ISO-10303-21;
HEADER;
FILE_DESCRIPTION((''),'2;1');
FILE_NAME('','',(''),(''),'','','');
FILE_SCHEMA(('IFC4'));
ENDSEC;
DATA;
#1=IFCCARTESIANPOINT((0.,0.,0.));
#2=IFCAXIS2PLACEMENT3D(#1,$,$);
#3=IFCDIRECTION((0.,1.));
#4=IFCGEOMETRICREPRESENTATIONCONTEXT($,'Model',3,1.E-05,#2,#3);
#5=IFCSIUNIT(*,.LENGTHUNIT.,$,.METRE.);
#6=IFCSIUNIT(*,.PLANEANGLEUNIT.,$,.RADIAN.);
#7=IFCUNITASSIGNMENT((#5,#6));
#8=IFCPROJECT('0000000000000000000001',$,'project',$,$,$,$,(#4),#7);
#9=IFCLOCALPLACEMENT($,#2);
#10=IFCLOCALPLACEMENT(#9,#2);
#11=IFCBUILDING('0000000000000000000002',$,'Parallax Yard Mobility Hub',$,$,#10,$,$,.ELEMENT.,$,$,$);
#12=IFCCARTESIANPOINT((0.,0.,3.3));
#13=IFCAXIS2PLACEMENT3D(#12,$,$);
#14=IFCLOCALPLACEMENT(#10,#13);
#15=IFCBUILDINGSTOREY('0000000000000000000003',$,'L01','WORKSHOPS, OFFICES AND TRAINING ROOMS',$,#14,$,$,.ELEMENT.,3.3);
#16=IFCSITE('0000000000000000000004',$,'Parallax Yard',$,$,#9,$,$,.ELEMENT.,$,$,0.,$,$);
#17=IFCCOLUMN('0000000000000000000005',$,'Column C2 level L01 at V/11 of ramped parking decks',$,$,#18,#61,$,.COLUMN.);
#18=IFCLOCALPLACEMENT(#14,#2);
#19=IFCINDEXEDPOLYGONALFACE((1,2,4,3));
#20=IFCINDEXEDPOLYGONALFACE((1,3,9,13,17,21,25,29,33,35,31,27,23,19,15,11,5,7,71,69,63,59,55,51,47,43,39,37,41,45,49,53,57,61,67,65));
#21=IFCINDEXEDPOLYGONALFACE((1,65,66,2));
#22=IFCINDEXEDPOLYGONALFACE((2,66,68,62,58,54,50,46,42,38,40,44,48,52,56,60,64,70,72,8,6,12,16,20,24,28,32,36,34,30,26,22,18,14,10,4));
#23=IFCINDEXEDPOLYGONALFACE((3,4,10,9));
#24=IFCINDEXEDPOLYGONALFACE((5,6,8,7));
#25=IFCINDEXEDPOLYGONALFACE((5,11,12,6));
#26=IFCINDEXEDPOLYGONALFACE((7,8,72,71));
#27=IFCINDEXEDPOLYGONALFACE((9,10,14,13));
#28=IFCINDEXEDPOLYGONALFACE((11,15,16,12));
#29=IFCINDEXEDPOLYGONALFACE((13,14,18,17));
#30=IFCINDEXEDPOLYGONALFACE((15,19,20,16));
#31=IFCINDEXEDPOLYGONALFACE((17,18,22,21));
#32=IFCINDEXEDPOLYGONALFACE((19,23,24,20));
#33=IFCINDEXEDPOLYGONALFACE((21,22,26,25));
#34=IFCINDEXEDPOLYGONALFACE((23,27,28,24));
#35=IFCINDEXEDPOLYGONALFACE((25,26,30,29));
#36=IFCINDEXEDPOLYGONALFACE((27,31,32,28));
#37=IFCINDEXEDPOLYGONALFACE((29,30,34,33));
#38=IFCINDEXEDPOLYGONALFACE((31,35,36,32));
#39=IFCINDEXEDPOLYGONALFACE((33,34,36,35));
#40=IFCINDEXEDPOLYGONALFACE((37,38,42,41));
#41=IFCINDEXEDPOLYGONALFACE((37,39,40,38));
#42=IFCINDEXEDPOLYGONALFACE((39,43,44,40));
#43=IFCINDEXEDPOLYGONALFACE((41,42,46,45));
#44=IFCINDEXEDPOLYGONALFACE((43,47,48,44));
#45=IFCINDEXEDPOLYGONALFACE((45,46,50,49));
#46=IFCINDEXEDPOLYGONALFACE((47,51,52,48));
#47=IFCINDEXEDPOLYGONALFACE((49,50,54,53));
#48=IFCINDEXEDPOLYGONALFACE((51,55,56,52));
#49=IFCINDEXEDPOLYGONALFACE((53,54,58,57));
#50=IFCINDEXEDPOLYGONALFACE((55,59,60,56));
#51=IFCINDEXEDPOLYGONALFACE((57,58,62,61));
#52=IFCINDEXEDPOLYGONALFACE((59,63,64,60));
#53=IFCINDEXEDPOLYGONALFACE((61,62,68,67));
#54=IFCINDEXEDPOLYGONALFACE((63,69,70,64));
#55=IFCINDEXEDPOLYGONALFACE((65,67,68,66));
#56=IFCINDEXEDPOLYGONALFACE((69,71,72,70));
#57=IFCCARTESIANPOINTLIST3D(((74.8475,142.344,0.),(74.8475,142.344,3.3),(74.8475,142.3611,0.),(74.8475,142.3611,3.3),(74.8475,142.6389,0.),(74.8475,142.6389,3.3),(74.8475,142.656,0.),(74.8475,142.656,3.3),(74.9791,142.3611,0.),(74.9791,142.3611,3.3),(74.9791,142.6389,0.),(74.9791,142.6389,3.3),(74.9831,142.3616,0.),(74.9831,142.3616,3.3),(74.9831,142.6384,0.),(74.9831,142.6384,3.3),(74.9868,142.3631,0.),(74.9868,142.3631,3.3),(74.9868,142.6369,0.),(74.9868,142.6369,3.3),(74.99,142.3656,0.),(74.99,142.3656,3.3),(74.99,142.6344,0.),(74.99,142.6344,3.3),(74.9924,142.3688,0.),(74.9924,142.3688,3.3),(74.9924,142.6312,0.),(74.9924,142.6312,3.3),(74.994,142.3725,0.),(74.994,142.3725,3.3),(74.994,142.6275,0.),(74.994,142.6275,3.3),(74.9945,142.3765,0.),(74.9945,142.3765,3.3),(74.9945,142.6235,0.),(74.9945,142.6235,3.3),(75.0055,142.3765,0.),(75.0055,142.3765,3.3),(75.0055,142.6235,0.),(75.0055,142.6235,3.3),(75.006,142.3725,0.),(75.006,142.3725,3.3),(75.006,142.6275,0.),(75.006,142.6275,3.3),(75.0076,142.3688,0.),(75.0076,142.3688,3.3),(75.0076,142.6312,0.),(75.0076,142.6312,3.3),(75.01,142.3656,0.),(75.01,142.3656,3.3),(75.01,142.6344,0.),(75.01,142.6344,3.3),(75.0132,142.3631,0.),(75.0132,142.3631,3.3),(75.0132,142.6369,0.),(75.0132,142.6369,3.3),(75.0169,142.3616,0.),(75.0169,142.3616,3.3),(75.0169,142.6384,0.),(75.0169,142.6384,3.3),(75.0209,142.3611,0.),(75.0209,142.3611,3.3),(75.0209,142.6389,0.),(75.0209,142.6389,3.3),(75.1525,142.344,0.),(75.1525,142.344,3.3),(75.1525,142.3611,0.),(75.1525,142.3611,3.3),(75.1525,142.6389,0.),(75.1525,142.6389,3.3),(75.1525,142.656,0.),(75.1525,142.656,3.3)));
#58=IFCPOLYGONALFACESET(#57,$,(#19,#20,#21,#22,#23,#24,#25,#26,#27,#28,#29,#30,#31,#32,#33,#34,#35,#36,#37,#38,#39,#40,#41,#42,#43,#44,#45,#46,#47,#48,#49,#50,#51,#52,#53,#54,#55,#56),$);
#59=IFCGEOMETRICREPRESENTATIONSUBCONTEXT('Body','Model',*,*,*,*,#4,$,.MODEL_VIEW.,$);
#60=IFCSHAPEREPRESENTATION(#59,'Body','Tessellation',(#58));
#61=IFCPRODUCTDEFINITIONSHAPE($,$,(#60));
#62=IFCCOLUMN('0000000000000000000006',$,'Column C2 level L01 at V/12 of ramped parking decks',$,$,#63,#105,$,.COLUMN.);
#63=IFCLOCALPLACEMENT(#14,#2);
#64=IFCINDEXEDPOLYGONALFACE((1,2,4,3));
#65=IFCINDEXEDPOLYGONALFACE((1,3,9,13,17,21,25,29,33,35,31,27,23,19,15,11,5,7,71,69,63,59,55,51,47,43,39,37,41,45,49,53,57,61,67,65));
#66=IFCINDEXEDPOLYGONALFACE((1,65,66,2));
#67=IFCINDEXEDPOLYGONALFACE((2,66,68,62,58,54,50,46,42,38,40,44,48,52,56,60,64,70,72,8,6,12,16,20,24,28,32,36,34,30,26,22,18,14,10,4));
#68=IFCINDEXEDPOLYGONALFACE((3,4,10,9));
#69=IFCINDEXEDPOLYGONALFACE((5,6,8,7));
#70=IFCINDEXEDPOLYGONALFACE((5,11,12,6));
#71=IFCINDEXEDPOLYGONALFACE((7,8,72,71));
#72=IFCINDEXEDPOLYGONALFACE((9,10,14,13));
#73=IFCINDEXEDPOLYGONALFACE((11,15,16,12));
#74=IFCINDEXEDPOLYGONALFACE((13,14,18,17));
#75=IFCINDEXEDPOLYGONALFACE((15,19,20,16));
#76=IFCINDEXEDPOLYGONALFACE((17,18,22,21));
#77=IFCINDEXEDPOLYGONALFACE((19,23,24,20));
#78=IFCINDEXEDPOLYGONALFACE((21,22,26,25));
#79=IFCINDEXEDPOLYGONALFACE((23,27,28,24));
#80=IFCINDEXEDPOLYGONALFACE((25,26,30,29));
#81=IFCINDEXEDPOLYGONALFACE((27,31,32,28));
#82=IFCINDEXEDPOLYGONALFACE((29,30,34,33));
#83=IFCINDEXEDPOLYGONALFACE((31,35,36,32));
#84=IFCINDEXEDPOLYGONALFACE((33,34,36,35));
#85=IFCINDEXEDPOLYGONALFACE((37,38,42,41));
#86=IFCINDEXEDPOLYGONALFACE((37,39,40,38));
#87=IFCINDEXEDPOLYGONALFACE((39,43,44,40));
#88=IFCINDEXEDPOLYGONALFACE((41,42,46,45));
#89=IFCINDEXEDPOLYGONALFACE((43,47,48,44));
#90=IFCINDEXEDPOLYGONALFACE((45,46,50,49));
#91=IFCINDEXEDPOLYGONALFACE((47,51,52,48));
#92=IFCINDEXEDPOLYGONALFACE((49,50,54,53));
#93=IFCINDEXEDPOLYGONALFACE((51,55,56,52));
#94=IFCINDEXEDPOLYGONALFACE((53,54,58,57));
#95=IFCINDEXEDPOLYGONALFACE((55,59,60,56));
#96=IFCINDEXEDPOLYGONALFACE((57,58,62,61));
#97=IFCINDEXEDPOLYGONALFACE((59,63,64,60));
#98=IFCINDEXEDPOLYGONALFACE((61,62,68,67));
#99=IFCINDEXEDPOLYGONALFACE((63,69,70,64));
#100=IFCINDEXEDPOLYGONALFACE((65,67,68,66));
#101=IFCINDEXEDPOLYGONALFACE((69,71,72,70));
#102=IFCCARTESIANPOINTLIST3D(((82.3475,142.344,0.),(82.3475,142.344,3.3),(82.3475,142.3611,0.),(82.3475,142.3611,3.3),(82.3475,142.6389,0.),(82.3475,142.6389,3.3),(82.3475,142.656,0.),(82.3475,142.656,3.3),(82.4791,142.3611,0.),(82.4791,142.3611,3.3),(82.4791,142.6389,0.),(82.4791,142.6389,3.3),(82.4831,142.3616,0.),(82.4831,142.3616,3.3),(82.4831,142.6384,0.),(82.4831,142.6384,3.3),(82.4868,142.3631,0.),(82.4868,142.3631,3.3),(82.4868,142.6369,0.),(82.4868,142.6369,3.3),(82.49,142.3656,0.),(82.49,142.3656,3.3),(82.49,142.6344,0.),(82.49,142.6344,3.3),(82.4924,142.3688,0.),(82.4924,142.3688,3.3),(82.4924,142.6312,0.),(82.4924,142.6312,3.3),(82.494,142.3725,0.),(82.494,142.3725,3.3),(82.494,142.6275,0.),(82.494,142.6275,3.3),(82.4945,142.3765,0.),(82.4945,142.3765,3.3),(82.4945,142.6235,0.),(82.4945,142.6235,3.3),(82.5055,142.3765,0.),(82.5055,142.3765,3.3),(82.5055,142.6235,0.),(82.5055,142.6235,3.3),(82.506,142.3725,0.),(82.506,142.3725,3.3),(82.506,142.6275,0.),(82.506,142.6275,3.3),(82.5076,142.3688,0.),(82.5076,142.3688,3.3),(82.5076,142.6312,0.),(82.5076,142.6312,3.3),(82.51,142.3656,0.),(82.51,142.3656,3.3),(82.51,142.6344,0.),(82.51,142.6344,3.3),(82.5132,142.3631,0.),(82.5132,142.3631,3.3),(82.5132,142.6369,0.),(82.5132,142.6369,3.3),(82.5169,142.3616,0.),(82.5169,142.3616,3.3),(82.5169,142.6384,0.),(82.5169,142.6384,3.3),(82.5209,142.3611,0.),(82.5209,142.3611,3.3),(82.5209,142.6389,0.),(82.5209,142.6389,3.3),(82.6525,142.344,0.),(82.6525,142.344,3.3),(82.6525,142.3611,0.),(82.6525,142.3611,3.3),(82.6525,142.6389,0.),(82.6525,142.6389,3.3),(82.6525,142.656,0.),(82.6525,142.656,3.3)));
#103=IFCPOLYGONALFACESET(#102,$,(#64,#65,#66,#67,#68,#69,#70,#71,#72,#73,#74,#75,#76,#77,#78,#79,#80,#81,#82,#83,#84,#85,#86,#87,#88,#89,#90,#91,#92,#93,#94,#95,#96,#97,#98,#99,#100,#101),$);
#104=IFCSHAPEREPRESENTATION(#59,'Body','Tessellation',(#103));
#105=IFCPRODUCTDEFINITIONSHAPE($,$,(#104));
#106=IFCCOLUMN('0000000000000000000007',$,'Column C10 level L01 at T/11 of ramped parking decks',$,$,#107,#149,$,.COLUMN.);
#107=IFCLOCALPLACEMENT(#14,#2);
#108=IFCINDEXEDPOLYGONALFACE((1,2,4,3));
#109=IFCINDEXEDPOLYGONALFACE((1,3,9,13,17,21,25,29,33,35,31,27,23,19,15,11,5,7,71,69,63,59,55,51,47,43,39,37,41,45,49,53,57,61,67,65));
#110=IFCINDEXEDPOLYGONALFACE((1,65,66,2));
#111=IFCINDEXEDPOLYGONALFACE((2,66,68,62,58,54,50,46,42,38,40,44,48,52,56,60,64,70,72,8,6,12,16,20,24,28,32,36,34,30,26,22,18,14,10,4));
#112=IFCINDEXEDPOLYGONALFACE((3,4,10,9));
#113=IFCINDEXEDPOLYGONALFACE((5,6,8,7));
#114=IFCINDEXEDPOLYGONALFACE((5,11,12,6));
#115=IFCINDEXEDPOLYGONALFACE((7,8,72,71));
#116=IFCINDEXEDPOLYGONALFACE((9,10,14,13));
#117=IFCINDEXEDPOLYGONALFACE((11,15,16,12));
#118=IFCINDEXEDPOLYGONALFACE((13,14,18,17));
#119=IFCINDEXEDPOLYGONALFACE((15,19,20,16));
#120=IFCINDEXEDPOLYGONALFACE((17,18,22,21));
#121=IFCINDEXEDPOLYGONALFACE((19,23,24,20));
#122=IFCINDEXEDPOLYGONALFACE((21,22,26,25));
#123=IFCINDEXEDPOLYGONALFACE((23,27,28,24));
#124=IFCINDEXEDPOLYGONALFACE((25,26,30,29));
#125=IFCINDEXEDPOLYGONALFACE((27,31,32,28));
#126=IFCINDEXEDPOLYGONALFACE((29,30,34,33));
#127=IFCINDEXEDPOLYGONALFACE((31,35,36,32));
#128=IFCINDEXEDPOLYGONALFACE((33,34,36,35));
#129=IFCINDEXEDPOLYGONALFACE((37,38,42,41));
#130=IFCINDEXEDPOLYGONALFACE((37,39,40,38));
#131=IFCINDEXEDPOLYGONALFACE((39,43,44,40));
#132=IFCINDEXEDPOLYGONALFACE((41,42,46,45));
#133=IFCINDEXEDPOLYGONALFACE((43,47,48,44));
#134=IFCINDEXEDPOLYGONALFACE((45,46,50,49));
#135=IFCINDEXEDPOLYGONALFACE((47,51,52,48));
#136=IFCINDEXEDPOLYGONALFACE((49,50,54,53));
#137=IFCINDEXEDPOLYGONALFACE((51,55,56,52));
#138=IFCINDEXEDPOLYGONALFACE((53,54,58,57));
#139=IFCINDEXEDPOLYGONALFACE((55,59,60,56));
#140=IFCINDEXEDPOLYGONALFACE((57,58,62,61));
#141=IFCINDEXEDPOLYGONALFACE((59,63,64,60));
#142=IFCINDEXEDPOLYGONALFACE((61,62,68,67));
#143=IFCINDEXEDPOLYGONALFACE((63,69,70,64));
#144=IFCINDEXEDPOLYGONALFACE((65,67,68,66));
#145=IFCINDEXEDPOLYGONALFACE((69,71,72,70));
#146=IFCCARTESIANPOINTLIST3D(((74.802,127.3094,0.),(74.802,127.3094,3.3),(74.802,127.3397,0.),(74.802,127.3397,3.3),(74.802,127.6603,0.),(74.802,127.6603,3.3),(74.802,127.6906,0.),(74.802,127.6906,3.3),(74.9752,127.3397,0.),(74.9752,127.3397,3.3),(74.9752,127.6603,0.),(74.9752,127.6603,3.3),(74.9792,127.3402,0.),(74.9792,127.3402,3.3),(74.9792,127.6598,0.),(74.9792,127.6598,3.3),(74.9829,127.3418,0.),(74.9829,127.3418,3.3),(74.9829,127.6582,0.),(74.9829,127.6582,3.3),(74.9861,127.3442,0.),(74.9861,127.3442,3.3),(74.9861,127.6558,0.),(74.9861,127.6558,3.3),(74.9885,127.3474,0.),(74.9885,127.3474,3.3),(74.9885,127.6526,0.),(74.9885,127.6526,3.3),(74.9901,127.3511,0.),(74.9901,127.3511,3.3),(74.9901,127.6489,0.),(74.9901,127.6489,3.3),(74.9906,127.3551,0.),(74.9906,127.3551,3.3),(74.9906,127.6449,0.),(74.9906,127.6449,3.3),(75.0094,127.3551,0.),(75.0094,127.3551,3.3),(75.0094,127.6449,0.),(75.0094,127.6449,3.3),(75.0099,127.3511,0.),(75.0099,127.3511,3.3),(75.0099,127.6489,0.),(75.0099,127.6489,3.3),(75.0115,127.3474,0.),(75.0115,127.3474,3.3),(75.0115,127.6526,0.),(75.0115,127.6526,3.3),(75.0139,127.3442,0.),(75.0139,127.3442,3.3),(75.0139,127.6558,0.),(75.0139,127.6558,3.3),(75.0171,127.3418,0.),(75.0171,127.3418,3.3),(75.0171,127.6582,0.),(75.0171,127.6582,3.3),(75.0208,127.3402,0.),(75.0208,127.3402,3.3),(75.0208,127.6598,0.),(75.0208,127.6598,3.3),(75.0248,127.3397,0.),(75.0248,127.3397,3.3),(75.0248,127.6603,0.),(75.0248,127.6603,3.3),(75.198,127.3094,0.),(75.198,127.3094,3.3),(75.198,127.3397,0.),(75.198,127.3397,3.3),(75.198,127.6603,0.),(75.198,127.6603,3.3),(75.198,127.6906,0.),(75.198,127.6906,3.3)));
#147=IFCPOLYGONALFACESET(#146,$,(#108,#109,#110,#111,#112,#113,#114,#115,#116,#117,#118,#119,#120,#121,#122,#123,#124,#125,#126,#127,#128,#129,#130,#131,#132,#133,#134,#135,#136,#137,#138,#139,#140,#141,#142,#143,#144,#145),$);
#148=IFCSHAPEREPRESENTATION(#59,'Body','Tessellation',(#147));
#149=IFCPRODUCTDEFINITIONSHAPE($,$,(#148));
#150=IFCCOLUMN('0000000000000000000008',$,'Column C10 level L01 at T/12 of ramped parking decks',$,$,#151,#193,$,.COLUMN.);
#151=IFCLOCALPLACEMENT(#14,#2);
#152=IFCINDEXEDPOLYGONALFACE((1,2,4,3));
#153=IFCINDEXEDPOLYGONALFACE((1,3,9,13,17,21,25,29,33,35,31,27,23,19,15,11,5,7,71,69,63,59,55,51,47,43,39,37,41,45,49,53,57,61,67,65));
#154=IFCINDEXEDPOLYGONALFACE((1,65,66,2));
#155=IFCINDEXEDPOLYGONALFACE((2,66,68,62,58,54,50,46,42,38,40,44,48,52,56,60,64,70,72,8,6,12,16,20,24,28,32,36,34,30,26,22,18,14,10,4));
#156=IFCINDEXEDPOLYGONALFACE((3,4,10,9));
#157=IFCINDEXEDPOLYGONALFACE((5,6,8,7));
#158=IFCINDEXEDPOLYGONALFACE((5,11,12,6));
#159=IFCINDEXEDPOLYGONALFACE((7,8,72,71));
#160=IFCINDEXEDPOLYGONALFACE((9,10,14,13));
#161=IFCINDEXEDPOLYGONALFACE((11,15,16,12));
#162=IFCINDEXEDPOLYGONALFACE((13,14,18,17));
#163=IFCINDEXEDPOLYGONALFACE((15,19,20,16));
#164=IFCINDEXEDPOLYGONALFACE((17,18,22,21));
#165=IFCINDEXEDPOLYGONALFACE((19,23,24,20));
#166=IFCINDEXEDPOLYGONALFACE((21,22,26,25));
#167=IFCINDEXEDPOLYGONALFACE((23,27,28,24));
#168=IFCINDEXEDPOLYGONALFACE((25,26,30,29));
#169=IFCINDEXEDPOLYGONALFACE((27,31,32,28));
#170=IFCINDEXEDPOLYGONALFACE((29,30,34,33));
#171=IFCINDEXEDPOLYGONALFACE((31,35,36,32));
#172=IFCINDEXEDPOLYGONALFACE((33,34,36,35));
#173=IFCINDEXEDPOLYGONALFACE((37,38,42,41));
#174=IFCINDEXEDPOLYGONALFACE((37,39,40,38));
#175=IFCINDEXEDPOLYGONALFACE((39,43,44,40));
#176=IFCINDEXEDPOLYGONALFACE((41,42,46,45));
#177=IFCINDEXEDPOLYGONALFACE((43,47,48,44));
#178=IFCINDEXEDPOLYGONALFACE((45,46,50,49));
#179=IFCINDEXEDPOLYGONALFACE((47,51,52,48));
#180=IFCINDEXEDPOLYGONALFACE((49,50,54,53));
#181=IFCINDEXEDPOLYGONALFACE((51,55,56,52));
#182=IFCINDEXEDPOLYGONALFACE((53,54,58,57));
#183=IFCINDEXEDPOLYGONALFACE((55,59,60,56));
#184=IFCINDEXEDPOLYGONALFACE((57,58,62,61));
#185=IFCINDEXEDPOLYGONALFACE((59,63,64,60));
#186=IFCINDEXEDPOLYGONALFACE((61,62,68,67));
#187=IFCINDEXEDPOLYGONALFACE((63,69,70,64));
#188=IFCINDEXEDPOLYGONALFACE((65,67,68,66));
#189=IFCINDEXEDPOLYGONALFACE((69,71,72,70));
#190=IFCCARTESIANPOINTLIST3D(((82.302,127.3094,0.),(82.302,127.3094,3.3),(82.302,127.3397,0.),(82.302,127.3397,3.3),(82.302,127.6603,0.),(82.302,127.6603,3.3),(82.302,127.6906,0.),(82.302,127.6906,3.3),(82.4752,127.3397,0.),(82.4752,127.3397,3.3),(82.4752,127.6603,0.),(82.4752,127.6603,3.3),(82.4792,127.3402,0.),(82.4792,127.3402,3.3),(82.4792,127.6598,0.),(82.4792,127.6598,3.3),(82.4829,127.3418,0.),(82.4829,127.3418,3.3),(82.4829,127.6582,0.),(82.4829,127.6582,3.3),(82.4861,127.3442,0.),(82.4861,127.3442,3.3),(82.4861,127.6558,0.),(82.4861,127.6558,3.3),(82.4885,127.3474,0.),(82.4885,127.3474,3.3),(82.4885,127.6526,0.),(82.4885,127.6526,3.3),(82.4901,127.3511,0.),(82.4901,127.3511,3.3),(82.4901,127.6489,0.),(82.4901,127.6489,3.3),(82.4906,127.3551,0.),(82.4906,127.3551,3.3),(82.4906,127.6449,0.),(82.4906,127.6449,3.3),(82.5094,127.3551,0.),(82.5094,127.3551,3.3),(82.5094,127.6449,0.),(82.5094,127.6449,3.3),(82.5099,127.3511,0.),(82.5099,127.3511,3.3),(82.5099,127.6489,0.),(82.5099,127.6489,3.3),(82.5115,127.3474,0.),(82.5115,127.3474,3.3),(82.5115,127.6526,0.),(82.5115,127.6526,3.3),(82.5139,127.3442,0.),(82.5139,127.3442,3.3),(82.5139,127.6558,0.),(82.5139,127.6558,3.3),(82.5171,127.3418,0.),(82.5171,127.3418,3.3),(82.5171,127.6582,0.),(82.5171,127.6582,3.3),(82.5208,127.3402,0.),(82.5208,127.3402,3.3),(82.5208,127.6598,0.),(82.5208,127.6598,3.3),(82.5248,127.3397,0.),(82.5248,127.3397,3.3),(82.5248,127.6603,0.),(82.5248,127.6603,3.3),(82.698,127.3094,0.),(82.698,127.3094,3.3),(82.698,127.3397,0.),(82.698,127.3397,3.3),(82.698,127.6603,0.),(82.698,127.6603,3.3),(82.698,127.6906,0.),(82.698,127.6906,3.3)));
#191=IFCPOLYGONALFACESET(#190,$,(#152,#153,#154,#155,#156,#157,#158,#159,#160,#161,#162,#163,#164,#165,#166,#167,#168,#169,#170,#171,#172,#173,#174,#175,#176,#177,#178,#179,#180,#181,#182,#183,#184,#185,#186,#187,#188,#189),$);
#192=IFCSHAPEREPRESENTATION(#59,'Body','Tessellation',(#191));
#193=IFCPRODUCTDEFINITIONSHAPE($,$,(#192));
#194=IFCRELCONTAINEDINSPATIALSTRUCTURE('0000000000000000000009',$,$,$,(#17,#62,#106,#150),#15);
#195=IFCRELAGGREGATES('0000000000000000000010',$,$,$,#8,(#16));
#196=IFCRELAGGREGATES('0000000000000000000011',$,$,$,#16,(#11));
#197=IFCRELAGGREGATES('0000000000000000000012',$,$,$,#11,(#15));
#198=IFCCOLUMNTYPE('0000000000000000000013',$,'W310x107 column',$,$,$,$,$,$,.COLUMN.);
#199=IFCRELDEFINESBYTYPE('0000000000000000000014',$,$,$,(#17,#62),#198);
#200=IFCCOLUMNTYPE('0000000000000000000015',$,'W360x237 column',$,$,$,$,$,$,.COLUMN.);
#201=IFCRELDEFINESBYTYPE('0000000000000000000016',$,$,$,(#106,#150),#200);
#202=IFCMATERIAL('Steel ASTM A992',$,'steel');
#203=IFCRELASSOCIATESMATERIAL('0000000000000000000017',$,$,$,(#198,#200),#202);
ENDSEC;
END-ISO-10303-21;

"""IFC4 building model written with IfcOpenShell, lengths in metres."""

from ifc_helpers import new_model, si_unit, direction, frame, origin, origin_2d, place, context, subcontext, project, spatial, i_section, extrude, material, material_profile, profile_set, type_object, element, save


model = new_model("IFC4")

# Units and contexts
model_context = context("Model", 3, precision=1e-05, world=origin(), true_north=direction((0.0, 1.0)))
body_context = subcontext(model_context, "Body", "Model", "MODEL_VIEW")
ifc_project = project(units=[si_unit("LENGTHUNIT", "METRE"), si_unit("PLANEANGLEUNIT", "RADIAN")], contexts=[model_context])

# Site, building, storey
site_placement = place(None, origin())
site = spatial("IfcSite", under=ifc_project, at=site_placement, Name="Parallax Yard", CompositionType="ELEMENT", RefElevation=0.0)
building_placement = place(site_placement, origin())
building = spatial("IfcBuilding", under=site, at=building_placement, Name="Parallax Yard Mobility Hub", CompositionType="ELEMENT")
storey_placement = place(building_placement, frame((0.0, 0.0, 3.3)))
storey = spatial("IfcBuildingStorey", under=building, at=storey_placement, Name="L01", Description="WORKSHOPS, OFFICES AND TRAINING ROOMS", CompositionType="ELEMENT", Elevation=3.3)

# Columns
ifc_material_1 = material(Name="Steel ASTM A992", Category="steel")
ifc_material_profile_1 = material_profile(ifc_material_1, i_section(OverallWidth=0.3049, OverallDepth=0.312, WebThickness=0.011, FlangeThickness=0.0171, FilletRadius=0.0154, at=origin_2d()), Name="W310x107")
ifc_profile_set_1 = profile_set([ifc_material_profile_1], Name="Steel ASTM A992")
column_type_1 = type_object("IfcColumnType", Name="W310x107 column", PredefinedType="COLUMN", material=ifc_profile_set_1)
for number, where, z_axis, x_axis, name in (
    (1, (75.0, 142.5, 0.0), (0.0, 0.0, 1.0), (1.0, 0.0, 0.0), "Column C2 level L01 at V/11 of ramped parking decks"),
    (2, (82.5, 142.5, 0.0), (0.0, 0.0, 1.0), (1.0, 0.0, 0.0), "Column C2 level L01 at V/12 of ramped parking decks"),
):
    element("IfcColumn", number, at=place(storey_placement, frame(where, z_axis=z_axis, x_axis=x_axis)), inside=storey, type_object=column_type_1, Name=name, PredefinedType="COLUMN", context=body_context, shape_type="SweptSolid", body=[
        extrude(i_section(OverallWidth=0.3049, OverallDepth=0.312, WebThickness=0.011, FlangeThickness=0.0171, FilletRadius=0.0154, at=origin_2d()), origin(), (0.0, 0.0, 1.0), 3.3),
    ])
ifc_material_profile_2 = material_profile(ifc_material_1, i_section(OverallWidth=0.396, OverallDepth=0.3811, WebThickness=0.0188, FlangeThickness=0.0303, FilletRadius=0.0154, at=origin_2d()), Name="W360x237")
ifc_profile_set_2 = profile_set([ifc_material_profile_2], Name="Steel ASTM A992")
column_type_2 = type_object("IfcColumnType", Name="W360x237 column", PredefinedType="COLUMN", material=ifc_profile_set_2)
for number, where, z_axis, x_axis, name in (
    (3, (75.0, 127.5, 0.0), (0.0, 0.0, 1.0), (1.0, 0.0, 0.0), "Column C10 level L01 at T/11 of ramped parking decks"),
    (4, (82.5, 127.5, 0.0), (0.0, 0.0, 1.0), (1.0, 0.0, 0.0), "Column C10 level L01 at T/12 of ramped parking decks"),
):
    element("IfcColumn", number, at=place(storey_placement, frame(where, z_axis=z_axis, x_axis=x_axis)), inside=storey, type_object=column_type_2, Name=name, PredefinedType="COLUMN", context=body_context, shape_type="SweptSolid", body=[
        extrude(i_section(OverallWidth=0.396, OverallDepth=0.3811, WebThickness=0.0188, FlangeThickness=0.0303, FilletRadius=0.0154, at=origin_2d()), origin(), (0.0, 0.0, 1.0), 3.3),
    ])

save(model, "model.ifc")
